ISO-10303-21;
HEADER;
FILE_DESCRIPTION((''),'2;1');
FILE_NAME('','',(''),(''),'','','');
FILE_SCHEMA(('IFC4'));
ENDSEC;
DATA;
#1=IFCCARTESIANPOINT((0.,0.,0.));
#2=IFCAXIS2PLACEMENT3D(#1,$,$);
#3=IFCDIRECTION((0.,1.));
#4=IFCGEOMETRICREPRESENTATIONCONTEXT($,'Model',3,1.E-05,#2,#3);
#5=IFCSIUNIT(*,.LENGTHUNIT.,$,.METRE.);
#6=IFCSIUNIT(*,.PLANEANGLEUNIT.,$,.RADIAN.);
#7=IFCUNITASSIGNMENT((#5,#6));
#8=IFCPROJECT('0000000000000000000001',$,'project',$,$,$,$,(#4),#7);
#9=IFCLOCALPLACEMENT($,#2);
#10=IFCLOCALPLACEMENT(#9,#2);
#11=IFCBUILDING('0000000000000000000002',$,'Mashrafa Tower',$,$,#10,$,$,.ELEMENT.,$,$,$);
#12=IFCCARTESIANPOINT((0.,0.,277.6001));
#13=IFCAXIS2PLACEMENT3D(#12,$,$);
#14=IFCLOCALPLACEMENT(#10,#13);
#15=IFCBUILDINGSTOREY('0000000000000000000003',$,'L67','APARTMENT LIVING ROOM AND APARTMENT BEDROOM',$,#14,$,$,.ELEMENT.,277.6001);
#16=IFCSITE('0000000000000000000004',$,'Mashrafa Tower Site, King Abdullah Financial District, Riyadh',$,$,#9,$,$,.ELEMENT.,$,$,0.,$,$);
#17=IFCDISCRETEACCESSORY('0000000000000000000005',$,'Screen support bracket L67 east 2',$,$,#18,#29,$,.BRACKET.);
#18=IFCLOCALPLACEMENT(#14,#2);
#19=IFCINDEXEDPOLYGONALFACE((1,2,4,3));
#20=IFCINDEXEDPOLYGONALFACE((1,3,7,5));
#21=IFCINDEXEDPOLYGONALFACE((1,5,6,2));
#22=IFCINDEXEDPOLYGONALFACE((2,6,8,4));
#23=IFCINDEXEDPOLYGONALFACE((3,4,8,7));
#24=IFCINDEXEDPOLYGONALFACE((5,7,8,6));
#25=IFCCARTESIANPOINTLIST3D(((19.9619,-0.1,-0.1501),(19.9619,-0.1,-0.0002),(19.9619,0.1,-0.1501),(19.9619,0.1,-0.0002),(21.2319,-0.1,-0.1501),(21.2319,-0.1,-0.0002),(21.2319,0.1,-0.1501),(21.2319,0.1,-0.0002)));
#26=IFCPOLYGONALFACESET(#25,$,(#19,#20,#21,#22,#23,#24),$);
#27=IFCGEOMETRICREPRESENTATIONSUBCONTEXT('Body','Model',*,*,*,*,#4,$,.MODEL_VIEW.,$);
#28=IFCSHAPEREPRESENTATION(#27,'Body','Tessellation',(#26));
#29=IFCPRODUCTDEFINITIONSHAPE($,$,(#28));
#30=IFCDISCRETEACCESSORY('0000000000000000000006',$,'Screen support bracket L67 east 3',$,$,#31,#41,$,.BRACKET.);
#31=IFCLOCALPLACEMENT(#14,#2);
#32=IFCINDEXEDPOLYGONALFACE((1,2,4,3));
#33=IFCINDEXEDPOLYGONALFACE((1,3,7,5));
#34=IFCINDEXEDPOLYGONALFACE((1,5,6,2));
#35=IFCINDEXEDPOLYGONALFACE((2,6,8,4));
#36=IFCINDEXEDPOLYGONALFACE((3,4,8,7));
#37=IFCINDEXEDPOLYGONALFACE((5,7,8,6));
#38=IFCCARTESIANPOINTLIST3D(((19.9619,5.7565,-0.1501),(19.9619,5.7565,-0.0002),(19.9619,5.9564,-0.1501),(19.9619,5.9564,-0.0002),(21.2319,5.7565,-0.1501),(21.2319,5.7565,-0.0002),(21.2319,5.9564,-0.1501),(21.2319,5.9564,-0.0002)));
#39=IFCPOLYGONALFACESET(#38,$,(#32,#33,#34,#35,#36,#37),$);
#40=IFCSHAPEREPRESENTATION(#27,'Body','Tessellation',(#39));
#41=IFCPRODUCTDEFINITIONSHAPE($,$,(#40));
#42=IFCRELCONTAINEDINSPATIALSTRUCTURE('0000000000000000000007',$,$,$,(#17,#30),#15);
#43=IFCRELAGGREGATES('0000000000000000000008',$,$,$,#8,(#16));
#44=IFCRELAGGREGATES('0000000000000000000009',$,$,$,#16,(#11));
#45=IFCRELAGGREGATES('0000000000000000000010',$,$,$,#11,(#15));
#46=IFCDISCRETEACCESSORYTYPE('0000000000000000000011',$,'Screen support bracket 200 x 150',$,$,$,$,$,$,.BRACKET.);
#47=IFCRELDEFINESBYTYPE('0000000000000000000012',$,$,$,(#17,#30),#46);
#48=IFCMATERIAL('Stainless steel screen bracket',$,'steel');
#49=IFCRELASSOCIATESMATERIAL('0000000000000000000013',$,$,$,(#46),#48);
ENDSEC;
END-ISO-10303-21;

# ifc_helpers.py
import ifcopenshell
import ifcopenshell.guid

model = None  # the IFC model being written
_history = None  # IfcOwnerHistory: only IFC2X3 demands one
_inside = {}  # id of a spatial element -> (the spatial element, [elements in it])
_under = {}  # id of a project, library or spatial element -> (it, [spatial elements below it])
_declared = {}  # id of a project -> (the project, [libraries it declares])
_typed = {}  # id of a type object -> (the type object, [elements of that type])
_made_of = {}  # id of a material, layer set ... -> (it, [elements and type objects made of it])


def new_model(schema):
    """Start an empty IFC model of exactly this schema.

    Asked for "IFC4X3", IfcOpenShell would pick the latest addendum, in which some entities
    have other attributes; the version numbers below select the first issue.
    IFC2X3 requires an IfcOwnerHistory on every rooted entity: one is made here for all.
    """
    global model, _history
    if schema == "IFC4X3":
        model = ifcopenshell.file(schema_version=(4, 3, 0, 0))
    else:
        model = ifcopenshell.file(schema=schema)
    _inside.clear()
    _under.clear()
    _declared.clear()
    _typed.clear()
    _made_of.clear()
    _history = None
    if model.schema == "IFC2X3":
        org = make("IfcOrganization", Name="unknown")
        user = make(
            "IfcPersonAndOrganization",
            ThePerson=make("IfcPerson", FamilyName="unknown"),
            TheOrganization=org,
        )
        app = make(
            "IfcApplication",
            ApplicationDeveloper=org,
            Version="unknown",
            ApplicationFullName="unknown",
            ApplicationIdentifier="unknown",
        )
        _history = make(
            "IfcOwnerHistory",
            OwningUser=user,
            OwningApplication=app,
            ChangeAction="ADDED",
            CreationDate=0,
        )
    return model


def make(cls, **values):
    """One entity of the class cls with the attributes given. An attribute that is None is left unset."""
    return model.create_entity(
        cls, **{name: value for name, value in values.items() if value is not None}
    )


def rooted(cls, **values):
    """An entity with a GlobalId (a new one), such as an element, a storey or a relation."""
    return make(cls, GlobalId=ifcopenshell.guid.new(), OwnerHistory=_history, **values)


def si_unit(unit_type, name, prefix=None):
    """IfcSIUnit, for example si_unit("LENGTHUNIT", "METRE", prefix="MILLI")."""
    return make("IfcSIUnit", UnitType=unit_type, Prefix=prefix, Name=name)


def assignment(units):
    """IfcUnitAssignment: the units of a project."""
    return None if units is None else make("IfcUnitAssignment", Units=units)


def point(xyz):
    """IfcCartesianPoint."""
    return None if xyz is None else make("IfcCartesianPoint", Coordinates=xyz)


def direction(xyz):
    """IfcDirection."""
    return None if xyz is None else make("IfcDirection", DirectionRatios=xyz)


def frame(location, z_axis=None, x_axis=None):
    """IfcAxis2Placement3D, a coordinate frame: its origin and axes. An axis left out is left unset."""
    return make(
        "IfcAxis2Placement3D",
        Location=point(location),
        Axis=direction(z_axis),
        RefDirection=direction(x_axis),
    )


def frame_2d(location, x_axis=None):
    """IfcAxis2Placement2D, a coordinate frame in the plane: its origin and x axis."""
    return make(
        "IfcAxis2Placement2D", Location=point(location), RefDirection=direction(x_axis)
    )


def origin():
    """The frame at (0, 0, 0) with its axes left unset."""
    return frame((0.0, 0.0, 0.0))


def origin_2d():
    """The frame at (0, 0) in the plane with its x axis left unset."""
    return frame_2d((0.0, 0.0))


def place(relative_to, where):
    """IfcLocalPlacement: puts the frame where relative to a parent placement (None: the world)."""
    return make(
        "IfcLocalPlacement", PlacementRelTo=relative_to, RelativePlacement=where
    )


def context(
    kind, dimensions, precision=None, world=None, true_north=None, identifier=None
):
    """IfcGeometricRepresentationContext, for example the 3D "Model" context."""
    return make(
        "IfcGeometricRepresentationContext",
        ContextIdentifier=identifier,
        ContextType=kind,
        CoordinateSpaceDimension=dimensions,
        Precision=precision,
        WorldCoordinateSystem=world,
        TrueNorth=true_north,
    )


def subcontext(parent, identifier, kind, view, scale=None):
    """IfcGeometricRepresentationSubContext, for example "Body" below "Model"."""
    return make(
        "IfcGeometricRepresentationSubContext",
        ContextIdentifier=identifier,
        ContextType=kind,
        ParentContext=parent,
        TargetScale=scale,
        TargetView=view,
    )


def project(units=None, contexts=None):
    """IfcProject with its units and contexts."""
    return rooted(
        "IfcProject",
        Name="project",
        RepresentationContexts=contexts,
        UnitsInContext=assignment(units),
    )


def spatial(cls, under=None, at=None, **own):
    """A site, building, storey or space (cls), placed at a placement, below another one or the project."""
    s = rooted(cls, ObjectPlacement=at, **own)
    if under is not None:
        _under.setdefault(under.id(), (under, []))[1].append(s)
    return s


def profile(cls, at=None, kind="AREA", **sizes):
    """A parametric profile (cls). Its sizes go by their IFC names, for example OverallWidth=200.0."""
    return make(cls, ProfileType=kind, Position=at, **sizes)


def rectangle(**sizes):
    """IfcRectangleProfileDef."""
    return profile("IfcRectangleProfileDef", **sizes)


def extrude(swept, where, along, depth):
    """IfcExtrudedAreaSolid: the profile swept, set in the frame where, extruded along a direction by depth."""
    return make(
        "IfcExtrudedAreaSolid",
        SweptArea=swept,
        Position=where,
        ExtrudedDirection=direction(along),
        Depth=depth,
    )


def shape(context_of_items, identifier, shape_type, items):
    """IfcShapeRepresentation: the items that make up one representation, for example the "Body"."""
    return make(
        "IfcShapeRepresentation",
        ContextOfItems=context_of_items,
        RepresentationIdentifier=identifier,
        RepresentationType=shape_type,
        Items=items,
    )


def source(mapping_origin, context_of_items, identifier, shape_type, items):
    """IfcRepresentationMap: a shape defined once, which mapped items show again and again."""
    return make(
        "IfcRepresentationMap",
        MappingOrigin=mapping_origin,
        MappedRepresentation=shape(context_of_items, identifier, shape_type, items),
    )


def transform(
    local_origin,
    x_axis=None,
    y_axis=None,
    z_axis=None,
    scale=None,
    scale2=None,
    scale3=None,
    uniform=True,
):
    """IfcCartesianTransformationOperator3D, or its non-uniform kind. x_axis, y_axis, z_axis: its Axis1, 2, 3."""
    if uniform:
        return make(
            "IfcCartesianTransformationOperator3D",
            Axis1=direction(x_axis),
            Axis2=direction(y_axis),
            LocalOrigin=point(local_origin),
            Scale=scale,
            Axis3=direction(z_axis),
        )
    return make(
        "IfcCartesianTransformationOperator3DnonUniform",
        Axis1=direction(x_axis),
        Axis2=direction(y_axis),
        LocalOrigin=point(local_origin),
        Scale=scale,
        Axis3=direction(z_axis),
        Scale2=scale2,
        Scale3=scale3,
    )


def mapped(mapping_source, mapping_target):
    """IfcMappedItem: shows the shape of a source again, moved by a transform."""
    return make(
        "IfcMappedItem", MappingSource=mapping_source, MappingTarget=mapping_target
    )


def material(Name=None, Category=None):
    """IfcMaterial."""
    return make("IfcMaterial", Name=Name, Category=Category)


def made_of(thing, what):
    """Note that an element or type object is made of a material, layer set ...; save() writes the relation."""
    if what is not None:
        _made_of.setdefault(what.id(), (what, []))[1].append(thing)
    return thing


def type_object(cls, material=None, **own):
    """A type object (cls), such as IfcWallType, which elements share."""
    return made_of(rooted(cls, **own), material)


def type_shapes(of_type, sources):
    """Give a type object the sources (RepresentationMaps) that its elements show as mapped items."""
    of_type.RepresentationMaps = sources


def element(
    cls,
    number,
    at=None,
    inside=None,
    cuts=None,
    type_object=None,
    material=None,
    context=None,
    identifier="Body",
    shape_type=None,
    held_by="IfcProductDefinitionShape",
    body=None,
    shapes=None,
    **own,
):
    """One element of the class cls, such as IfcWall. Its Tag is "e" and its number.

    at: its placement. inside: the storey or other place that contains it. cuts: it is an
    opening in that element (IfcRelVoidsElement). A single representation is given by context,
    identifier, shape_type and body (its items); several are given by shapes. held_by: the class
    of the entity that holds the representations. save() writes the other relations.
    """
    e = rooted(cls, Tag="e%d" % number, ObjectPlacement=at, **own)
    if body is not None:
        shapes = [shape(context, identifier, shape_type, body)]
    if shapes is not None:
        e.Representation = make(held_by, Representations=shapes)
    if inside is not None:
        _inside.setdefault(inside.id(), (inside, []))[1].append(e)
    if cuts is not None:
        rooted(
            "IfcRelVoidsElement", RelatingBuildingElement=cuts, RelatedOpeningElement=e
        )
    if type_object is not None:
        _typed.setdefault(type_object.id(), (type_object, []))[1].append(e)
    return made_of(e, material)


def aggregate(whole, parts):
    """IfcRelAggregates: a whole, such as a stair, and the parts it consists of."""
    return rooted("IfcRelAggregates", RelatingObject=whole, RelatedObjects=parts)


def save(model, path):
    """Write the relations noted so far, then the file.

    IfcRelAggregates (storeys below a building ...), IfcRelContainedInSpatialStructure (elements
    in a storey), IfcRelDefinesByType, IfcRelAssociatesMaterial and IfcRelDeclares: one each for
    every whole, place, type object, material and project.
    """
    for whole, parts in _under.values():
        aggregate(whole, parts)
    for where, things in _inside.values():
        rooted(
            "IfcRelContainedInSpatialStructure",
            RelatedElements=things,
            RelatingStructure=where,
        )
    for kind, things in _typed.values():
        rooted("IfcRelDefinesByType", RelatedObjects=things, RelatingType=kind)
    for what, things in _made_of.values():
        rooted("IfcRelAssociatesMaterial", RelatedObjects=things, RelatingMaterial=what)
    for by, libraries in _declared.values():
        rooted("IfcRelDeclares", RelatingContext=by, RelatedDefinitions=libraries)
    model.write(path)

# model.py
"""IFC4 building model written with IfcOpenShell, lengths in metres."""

from ifc_helpers import new_model, si_unit, direction, frame, origin, origin_2d, place, context, subcontext, project, spatial, rectangle, extrude, source, transform, mapped, material, type_object, type_shapes, element, save


model = new_model("IFC4")

# Units and contexts
model_context = context("Model", 3, precision=1e-05, world=origin(), true_north=direction((0.0, 1.0)))
body_context = subcontext(model_context, "Body", "Model", "MODEL_VIEW")
ifc_project = project(units=[si_unit("LENGTHUNIT", "METRE"), si_unit("PLANEANGLEUNIT", "RADIAN")], contexts=[model_context])

# Site, building, storey
site_placement = place(None, origin())
site = spatial("IfcSite", under=ifc_project, at=site_placement, Name="Mashrafa Tower Site, King Abdullah Financial District, Riyadh", CompositionType="ELEMENT", RefElevation=0.0)
building_placement = place(site_placement, origin())
building = spatial("IfcBuilding", under=site, at=building_placement, Name="Mashrafa Tower", CompositionType="ELEMENT")
storey_placement = place(building_placement, frame((0.0, 0.0, 277.6001)))
storey = spatial("IfcBuildingStorey", under=building, at=storey_placement, Name="L67", Description="APARTMENT LIVING ROOM AND APARTMENT BEDROOM", CompositionType="ELEMENT", Elevation=277.6001)

# Discrete accessories
ifc_material_1 = material(Name="Stainless steel screen bracket", Category="steel")
discrete_accessory_type = type_object("IfcDiscreteAccessoryType", Name="Screen support bracket 200 x 150", PredefinedType="BRACKET", material=ifc_material_1)
shared_shape_1 = source(origin(), body_context, "Body", "SweptSolid", [
    extrude(rectangle(XDim=0.2, YDim=1.27, at=origin_2d()), origin(), (0.0, 0.0, 1.0), 0.1499),
])
type_shapes(discrete_accessory_type, [shared_shape_1])
for number, where, z_axis, x_axis, name in (
    (1, (20.5969, 0.0, -0.1501), (0.0, 0.0, 1.0), (0.0, 1.0, 0.0), "Screen support bracket L67 east 2"),
    (2, (20.5969, 5.8564, -0.1501), (0.0, 0.0, 1.0), (0.0, 1.0, 0.0), "Screen support bracket L67 east 3"),
):
    element("IfcDiscreteAccessory", number, at=place(storey_placement, frame(where, z_axis=z_axis, x_axis=x_axis)), inside=storey, type_object=discrete_accessory_type, Name=name, PredefinedType="BRACKET", context=body_context, shape_type="MappedRepresentation", body=[
        mapped(shared_shape_1, transform((0.0, 0.0, 0.0))),
    ])

save(model, "model.ifc")
